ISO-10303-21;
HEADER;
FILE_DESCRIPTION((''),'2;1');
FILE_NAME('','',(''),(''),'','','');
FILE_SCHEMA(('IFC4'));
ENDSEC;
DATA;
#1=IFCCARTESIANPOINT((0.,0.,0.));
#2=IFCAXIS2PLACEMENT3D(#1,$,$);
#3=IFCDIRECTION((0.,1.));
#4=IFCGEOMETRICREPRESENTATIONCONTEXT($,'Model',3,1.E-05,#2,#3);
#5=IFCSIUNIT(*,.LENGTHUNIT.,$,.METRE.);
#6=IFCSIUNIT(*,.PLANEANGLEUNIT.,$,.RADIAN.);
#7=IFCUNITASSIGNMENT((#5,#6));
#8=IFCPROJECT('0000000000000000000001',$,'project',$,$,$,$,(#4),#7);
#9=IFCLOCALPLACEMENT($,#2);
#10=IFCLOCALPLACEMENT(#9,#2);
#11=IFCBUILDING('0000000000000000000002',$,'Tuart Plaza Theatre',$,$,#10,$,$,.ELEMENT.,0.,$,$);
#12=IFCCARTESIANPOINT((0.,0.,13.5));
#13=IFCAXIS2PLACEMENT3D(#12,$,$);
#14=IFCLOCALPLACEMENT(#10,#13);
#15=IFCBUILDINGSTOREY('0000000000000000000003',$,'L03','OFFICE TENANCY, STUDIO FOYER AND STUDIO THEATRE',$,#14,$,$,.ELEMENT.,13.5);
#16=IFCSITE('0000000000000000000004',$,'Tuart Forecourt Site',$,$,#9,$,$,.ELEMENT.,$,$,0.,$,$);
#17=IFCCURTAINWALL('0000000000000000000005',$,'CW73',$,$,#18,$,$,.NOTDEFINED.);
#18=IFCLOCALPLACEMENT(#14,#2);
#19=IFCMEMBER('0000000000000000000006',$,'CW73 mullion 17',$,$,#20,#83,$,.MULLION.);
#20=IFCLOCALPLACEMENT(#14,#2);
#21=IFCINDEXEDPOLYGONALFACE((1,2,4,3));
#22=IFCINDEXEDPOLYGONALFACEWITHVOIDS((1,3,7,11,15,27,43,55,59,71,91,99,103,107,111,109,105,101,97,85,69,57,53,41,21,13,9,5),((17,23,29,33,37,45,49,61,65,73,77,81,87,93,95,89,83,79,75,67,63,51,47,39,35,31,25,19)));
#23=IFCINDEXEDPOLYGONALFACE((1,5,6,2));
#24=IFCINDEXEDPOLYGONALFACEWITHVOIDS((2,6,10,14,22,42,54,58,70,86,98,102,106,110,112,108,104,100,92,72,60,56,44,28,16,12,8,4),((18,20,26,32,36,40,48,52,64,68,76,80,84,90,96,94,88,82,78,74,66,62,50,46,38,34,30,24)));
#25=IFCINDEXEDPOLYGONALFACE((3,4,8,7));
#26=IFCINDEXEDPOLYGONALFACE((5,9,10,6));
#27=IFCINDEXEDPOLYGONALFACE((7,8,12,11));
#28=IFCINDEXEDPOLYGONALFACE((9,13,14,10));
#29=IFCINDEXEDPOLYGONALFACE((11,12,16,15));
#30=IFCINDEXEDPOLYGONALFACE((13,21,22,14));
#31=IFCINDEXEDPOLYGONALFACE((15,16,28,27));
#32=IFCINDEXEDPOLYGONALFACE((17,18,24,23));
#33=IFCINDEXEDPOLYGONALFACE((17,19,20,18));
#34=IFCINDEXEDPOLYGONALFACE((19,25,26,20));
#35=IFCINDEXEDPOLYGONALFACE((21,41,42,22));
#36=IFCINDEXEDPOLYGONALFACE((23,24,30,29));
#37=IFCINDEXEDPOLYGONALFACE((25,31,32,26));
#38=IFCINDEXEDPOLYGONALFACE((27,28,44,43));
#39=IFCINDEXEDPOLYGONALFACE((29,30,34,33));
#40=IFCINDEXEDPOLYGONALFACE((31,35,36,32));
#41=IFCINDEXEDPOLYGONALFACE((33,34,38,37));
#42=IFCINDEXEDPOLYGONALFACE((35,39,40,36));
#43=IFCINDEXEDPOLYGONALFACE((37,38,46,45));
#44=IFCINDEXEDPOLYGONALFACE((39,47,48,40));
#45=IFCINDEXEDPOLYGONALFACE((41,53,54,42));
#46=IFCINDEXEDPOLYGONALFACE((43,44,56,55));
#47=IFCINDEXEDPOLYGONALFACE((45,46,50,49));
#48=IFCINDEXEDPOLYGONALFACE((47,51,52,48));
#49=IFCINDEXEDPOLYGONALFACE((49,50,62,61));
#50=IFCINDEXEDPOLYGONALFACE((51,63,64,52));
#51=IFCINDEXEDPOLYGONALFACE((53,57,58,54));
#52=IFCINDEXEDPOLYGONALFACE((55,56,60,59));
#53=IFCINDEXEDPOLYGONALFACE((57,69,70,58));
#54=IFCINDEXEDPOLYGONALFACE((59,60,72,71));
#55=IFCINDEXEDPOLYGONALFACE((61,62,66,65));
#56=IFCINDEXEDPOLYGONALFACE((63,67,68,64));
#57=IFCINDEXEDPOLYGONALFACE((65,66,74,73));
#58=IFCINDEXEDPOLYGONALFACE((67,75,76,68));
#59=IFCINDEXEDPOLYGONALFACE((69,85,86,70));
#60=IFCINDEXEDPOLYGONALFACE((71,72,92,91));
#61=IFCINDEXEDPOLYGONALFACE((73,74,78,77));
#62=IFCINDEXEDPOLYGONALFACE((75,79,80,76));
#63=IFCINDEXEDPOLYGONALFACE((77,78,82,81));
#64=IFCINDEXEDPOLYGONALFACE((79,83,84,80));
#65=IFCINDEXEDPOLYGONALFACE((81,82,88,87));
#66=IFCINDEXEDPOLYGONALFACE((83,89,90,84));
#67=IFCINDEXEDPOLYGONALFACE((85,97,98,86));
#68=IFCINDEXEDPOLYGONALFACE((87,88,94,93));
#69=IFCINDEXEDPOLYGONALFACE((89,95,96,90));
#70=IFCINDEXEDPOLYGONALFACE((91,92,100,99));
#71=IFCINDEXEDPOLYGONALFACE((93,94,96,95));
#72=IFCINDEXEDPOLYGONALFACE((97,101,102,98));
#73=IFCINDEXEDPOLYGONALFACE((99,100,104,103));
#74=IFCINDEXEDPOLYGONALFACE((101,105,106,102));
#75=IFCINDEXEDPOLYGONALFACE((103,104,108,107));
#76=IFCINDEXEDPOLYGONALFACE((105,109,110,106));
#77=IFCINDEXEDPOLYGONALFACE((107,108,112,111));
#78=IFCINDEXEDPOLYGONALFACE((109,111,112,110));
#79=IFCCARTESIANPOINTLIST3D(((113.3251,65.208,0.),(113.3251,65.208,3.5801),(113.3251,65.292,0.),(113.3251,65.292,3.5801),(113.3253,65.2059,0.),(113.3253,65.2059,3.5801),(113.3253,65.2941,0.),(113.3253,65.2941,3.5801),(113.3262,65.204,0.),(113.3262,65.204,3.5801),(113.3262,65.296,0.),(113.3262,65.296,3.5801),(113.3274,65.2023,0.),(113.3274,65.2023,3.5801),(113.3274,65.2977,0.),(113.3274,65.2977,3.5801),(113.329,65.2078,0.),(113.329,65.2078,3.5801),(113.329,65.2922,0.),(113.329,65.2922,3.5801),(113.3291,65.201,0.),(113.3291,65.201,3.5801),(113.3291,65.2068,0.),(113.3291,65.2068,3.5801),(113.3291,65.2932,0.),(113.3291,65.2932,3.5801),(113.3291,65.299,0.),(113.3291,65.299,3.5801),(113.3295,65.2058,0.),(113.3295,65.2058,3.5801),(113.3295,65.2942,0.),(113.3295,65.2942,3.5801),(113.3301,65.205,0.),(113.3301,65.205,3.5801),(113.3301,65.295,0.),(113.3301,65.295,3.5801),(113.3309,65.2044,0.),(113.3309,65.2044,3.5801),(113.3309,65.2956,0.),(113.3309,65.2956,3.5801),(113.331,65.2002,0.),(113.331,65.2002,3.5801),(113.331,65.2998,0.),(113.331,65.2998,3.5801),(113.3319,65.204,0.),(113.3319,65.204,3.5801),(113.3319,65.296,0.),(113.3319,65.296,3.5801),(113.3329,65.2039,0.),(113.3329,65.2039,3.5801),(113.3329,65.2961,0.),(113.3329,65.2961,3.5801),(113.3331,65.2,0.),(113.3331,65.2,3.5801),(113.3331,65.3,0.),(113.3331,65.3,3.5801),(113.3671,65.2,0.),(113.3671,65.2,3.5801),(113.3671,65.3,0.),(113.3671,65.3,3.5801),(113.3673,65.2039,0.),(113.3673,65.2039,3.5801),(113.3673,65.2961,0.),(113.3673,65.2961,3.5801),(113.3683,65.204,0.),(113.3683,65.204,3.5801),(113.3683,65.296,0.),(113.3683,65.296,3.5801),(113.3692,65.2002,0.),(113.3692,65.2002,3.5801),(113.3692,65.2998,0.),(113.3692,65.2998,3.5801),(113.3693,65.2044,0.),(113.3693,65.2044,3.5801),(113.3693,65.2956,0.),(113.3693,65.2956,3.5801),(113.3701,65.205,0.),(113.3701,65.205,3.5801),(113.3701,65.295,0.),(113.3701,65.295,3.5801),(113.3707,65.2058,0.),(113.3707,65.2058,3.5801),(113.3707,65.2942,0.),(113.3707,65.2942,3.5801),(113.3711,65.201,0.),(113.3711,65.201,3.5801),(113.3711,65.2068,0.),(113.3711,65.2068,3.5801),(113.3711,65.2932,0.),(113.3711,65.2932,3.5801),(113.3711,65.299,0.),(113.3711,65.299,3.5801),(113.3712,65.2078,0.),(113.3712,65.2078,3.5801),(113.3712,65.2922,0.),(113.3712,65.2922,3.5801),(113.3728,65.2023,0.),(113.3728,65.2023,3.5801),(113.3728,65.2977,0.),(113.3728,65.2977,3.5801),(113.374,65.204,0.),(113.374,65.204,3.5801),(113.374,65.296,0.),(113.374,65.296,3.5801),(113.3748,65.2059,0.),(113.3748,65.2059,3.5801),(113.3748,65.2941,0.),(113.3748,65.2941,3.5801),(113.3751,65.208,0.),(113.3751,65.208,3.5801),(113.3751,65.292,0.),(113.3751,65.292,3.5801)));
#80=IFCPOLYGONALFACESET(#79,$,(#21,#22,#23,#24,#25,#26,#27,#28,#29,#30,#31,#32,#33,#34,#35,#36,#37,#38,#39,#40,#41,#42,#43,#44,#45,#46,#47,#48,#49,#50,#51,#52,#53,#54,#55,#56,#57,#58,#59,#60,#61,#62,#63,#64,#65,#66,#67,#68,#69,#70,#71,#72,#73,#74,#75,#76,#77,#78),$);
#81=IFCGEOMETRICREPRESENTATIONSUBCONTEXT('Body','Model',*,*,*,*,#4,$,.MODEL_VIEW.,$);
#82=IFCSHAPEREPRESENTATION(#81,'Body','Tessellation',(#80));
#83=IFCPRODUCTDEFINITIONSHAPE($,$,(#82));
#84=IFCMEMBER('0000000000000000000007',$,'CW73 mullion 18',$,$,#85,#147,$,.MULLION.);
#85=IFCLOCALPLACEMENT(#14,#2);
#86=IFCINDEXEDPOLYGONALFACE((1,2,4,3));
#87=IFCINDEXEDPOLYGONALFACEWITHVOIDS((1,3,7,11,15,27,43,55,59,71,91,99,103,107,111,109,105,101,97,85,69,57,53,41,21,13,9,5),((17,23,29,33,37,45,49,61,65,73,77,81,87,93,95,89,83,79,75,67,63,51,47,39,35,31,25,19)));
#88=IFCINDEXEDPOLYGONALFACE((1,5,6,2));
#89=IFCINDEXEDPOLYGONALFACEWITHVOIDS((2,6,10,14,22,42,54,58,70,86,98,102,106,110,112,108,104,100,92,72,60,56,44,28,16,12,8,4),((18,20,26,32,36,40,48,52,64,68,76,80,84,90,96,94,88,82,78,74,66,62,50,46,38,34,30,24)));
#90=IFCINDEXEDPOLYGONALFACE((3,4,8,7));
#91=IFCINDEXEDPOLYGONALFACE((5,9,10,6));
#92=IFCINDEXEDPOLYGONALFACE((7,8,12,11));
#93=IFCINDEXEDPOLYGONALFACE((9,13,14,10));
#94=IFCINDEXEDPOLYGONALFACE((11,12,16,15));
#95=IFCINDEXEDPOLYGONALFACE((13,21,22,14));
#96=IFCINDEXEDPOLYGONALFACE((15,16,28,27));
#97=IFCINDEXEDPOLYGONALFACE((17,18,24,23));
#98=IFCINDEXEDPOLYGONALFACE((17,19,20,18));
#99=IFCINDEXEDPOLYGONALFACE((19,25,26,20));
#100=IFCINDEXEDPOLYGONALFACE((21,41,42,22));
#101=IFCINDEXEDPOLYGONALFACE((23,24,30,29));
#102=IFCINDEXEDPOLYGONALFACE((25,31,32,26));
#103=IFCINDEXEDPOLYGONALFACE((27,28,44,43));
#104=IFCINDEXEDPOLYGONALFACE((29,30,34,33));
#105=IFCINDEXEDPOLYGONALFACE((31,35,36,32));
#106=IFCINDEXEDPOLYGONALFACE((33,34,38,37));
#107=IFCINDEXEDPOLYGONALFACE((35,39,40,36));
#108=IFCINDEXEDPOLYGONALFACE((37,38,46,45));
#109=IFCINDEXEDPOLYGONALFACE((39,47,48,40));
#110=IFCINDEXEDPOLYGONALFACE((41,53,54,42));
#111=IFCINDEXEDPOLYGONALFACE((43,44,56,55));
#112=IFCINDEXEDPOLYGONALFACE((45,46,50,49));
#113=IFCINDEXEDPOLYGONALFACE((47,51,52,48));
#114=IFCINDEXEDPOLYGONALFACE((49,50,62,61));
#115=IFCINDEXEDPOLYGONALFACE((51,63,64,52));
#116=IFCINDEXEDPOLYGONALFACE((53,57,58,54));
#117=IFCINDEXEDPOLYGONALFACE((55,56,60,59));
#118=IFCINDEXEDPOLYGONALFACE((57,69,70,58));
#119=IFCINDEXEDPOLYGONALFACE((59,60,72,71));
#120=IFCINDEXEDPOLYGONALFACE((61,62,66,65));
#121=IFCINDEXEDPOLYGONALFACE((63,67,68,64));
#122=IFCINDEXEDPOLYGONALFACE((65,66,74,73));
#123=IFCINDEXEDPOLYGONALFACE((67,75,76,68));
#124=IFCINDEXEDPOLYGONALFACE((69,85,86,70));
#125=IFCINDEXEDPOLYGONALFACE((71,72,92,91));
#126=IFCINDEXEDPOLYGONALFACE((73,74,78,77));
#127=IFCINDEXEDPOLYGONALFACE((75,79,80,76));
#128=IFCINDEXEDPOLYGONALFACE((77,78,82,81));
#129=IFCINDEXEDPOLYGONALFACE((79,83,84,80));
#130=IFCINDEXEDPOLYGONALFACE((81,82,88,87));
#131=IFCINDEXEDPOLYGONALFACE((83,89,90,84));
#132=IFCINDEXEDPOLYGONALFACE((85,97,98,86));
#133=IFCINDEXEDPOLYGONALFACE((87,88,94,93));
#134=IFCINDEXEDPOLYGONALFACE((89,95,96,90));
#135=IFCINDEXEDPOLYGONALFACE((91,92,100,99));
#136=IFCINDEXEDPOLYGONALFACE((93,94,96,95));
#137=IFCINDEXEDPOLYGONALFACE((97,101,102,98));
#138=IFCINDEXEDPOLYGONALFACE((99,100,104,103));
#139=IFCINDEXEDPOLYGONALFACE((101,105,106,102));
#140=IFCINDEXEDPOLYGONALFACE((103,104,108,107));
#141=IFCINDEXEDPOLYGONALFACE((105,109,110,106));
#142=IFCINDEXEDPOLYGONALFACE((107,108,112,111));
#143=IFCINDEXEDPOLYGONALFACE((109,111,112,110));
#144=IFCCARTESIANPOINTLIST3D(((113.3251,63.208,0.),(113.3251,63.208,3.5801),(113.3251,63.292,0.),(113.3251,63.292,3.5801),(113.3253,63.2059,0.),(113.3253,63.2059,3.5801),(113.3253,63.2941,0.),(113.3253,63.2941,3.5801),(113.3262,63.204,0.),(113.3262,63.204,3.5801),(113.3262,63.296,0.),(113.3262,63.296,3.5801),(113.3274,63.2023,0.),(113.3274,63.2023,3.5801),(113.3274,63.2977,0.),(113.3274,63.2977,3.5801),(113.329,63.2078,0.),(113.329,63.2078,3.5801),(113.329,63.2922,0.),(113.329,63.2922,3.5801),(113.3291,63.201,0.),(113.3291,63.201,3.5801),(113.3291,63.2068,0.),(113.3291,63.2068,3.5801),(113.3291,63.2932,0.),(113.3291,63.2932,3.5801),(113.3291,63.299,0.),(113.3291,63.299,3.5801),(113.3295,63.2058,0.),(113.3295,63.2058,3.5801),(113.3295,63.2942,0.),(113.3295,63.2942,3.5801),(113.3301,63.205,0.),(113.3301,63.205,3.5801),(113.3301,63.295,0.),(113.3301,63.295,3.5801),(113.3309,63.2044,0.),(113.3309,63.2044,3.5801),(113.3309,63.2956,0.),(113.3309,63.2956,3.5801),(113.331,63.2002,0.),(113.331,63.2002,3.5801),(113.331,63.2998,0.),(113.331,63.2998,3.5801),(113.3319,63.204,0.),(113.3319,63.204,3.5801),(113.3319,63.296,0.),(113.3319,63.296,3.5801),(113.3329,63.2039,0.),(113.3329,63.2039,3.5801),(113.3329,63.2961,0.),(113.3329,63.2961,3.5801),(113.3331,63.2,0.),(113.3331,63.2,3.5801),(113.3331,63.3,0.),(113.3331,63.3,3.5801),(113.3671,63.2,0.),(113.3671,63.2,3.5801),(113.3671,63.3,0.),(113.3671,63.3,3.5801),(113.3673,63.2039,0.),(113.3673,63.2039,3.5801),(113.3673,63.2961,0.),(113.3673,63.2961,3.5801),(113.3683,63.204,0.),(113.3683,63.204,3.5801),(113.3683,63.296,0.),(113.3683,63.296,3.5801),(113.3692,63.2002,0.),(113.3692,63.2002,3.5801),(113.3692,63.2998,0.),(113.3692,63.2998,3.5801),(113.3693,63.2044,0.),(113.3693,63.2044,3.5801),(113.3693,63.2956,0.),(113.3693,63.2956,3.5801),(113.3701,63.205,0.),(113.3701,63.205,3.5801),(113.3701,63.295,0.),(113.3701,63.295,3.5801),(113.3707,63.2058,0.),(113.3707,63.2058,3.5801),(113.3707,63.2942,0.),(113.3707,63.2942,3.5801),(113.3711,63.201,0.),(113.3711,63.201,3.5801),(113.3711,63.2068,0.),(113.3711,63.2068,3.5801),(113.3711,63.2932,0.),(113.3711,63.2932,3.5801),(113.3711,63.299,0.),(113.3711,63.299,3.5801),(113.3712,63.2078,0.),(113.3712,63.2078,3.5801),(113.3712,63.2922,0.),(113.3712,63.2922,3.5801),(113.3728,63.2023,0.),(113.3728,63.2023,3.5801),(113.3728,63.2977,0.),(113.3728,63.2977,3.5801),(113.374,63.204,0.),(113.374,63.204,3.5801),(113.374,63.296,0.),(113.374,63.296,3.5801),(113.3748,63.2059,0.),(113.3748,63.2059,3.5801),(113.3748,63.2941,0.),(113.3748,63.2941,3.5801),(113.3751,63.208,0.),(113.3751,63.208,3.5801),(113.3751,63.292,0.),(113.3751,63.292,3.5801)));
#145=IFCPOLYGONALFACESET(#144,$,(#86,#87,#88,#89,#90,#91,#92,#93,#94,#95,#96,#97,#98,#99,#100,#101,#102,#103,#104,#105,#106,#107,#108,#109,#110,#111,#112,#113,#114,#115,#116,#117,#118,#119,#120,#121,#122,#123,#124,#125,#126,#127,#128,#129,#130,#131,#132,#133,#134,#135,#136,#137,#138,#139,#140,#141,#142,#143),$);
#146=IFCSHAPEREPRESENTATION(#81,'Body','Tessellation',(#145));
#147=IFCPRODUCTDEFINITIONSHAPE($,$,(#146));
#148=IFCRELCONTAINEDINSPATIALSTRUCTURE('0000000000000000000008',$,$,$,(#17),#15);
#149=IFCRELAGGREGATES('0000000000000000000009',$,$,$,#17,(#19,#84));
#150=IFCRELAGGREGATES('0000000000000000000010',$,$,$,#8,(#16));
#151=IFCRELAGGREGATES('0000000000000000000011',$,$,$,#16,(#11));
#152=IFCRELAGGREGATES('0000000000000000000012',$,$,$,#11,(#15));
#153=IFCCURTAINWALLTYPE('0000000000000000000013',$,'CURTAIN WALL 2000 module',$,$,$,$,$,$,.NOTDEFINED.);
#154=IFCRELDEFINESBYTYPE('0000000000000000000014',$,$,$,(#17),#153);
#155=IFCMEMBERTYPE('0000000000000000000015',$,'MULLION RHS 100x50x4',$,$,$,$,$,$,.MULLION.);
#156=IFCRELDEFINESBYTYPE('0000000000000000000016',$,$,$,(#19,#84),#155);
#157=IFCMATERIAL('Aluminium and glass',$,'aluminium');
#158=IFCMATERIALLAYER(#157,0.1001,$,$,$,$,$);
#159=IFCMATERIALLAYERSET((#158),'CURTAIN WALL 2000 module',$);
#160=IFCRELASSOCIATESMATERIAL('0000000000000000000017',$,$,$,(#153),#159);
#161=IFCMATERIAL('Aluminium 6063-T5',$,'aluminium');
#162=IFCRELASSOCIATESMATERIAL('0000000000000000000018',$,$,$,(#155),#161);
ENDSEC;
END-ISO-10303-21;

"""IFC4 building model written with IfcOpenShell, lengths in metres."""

from ifc_helpers import new_model, si_unit, direction, frame, origin, origin_2d, place, context, subcontext, project, spatial, hollow_rectangle, extrude, material, layer, layer_set, material_profile, profile_set, type_object, element, aggregate, save


model = new_model("IFC4")

# Units and contexts
model_context = context("Model", 3, precision=1e-05, world=origin(), true_north=direction((0.0, 1.0)))
body_context = subcontext(model_context, "Body", "Model", "MODEL_VIEW")
ifc_project = project(units=[si_unit("LENGTHUNIT", "METRE"), si_unit("PLANEANGLEUNIT", "RADIAN")], contexts=[model_context])

# Site, building, storey
site_placement = place(None, origin())
site = spatial("IfcSite", under=ifc_project, at=site_placement, Name="Tuart Forecourt Site", CompositionType="ELEMENT", RefElevation=0.0)
building_placement = place(site_placement, origin())
building = spatial("IfcBuilding", under=site, at=building_placement, Name="Tuart Plaza Theatre", CompositionType="ELEMENT", ElevationOfRefHeight=0.0)
storey_placement = place(building_placement, frame((0.0, 0.0, 13.5)))
storey = spatial("IfcBuildingStorey", under=building, at=storey_placement, Name="L03", Description="OFFICE TENANCY, STUDIO FOYER AND STUDIO THEATRE", CompositionType="ELEMENT", Elevation=13.5)

# Curtain wall, members
ifc_material_1 = material(Name="Aluminium and glass", Category="aluminium")
ifc_layer_1 = layer(ifc_material_1, 0.1001)
ifc_layer_set_1 = layer_set([ifc_layer_1], Name="CURTAIN WALL 2000 module")
curtain_wall_type = type_object("IfcCurtainWallType", Name="CURTAIN WALL 2000 module", PredefinedType="NOTDEFINED", material=ifc_layer_set_1)
curtain_wall_placement = place(storey_placement, origin())
curtain_wall = element("IfcCurtainWall", 1, at=curtain_wall_placement, inside=storey, type_object=curtain_wall_type, Name="CW73", PredefinedType="NOTDEFINED")
ifc_material_2 = material(Name="Aluminium 6063-T5", Category="aluminium")
ifc_material_profile_1 = material_profile(ifc_material_2, hollow_rectangle(XDim=0.05, YDim=0.1001, WallThickness=0.0039, InnerFilletRadius=0.0039, OuterFilletRadius=0.0081, at=origin_2d()), Name="RHS 100x50x4")
ifc_profile_set_1 = profile_set([ifc_material_profile_1], Name="Aluminium 6063-T5")
member_type_1 = type_object("IfcMemberType", Name="MULLION RHS 100x50x4", PredefinedType="MULLION", material=ifc_profile_set_1)
member_1_placement = place(storey_placement, frame((113.3501, 65.25, 0.0), z_axis=(0.0, 0.0, 1.0), x_axis=(1.0, 0.0, 0.0)))
member_1 = element("IfcMember", 2, at=member_1_placement, type_object=member_type_1, Name="CW73 mullion 17", PredefinedType="MULLION", context=body_context, shape_type="SweptSolid", body=[
    extrude(hollow_rectangle(XDim=0.05, YDim=0.1001, WallThickness=0.0039, InnerFilletRadius=0.0039, OuterFilletRadius=0.0081, at=origin_2d()), origin(), (0.0, 0.0, 1.0), 3.5801),
])
member_2_placement = place(storey_placement, frame((113.3501, 63.25, 0.0), z_axis=(0.0, 0.0, 1.0), x_axis=(1.0, 0.0, 0.0)))
member_2 = element("IfcMember", 3, at=member_2_placement, type_object=member_type_1, Name="CW73 mullion 18", PredefinedType="MULLION", context=body_context, shape_type="SweptSolid", body=[
    extrude(hollow_rectangle(XDim=0.05, YDim=0.1001, WallThickness=0.0039, InnerFilletRadius=0.0039, OuterFilletRadius=0.0081, at=origin_2d()), origin(), (0.0, 0.0, 1.0), 3.5801),
])
aggregate(curtain_wall, [member_1, member_2])

save(model, "model.ifc")
